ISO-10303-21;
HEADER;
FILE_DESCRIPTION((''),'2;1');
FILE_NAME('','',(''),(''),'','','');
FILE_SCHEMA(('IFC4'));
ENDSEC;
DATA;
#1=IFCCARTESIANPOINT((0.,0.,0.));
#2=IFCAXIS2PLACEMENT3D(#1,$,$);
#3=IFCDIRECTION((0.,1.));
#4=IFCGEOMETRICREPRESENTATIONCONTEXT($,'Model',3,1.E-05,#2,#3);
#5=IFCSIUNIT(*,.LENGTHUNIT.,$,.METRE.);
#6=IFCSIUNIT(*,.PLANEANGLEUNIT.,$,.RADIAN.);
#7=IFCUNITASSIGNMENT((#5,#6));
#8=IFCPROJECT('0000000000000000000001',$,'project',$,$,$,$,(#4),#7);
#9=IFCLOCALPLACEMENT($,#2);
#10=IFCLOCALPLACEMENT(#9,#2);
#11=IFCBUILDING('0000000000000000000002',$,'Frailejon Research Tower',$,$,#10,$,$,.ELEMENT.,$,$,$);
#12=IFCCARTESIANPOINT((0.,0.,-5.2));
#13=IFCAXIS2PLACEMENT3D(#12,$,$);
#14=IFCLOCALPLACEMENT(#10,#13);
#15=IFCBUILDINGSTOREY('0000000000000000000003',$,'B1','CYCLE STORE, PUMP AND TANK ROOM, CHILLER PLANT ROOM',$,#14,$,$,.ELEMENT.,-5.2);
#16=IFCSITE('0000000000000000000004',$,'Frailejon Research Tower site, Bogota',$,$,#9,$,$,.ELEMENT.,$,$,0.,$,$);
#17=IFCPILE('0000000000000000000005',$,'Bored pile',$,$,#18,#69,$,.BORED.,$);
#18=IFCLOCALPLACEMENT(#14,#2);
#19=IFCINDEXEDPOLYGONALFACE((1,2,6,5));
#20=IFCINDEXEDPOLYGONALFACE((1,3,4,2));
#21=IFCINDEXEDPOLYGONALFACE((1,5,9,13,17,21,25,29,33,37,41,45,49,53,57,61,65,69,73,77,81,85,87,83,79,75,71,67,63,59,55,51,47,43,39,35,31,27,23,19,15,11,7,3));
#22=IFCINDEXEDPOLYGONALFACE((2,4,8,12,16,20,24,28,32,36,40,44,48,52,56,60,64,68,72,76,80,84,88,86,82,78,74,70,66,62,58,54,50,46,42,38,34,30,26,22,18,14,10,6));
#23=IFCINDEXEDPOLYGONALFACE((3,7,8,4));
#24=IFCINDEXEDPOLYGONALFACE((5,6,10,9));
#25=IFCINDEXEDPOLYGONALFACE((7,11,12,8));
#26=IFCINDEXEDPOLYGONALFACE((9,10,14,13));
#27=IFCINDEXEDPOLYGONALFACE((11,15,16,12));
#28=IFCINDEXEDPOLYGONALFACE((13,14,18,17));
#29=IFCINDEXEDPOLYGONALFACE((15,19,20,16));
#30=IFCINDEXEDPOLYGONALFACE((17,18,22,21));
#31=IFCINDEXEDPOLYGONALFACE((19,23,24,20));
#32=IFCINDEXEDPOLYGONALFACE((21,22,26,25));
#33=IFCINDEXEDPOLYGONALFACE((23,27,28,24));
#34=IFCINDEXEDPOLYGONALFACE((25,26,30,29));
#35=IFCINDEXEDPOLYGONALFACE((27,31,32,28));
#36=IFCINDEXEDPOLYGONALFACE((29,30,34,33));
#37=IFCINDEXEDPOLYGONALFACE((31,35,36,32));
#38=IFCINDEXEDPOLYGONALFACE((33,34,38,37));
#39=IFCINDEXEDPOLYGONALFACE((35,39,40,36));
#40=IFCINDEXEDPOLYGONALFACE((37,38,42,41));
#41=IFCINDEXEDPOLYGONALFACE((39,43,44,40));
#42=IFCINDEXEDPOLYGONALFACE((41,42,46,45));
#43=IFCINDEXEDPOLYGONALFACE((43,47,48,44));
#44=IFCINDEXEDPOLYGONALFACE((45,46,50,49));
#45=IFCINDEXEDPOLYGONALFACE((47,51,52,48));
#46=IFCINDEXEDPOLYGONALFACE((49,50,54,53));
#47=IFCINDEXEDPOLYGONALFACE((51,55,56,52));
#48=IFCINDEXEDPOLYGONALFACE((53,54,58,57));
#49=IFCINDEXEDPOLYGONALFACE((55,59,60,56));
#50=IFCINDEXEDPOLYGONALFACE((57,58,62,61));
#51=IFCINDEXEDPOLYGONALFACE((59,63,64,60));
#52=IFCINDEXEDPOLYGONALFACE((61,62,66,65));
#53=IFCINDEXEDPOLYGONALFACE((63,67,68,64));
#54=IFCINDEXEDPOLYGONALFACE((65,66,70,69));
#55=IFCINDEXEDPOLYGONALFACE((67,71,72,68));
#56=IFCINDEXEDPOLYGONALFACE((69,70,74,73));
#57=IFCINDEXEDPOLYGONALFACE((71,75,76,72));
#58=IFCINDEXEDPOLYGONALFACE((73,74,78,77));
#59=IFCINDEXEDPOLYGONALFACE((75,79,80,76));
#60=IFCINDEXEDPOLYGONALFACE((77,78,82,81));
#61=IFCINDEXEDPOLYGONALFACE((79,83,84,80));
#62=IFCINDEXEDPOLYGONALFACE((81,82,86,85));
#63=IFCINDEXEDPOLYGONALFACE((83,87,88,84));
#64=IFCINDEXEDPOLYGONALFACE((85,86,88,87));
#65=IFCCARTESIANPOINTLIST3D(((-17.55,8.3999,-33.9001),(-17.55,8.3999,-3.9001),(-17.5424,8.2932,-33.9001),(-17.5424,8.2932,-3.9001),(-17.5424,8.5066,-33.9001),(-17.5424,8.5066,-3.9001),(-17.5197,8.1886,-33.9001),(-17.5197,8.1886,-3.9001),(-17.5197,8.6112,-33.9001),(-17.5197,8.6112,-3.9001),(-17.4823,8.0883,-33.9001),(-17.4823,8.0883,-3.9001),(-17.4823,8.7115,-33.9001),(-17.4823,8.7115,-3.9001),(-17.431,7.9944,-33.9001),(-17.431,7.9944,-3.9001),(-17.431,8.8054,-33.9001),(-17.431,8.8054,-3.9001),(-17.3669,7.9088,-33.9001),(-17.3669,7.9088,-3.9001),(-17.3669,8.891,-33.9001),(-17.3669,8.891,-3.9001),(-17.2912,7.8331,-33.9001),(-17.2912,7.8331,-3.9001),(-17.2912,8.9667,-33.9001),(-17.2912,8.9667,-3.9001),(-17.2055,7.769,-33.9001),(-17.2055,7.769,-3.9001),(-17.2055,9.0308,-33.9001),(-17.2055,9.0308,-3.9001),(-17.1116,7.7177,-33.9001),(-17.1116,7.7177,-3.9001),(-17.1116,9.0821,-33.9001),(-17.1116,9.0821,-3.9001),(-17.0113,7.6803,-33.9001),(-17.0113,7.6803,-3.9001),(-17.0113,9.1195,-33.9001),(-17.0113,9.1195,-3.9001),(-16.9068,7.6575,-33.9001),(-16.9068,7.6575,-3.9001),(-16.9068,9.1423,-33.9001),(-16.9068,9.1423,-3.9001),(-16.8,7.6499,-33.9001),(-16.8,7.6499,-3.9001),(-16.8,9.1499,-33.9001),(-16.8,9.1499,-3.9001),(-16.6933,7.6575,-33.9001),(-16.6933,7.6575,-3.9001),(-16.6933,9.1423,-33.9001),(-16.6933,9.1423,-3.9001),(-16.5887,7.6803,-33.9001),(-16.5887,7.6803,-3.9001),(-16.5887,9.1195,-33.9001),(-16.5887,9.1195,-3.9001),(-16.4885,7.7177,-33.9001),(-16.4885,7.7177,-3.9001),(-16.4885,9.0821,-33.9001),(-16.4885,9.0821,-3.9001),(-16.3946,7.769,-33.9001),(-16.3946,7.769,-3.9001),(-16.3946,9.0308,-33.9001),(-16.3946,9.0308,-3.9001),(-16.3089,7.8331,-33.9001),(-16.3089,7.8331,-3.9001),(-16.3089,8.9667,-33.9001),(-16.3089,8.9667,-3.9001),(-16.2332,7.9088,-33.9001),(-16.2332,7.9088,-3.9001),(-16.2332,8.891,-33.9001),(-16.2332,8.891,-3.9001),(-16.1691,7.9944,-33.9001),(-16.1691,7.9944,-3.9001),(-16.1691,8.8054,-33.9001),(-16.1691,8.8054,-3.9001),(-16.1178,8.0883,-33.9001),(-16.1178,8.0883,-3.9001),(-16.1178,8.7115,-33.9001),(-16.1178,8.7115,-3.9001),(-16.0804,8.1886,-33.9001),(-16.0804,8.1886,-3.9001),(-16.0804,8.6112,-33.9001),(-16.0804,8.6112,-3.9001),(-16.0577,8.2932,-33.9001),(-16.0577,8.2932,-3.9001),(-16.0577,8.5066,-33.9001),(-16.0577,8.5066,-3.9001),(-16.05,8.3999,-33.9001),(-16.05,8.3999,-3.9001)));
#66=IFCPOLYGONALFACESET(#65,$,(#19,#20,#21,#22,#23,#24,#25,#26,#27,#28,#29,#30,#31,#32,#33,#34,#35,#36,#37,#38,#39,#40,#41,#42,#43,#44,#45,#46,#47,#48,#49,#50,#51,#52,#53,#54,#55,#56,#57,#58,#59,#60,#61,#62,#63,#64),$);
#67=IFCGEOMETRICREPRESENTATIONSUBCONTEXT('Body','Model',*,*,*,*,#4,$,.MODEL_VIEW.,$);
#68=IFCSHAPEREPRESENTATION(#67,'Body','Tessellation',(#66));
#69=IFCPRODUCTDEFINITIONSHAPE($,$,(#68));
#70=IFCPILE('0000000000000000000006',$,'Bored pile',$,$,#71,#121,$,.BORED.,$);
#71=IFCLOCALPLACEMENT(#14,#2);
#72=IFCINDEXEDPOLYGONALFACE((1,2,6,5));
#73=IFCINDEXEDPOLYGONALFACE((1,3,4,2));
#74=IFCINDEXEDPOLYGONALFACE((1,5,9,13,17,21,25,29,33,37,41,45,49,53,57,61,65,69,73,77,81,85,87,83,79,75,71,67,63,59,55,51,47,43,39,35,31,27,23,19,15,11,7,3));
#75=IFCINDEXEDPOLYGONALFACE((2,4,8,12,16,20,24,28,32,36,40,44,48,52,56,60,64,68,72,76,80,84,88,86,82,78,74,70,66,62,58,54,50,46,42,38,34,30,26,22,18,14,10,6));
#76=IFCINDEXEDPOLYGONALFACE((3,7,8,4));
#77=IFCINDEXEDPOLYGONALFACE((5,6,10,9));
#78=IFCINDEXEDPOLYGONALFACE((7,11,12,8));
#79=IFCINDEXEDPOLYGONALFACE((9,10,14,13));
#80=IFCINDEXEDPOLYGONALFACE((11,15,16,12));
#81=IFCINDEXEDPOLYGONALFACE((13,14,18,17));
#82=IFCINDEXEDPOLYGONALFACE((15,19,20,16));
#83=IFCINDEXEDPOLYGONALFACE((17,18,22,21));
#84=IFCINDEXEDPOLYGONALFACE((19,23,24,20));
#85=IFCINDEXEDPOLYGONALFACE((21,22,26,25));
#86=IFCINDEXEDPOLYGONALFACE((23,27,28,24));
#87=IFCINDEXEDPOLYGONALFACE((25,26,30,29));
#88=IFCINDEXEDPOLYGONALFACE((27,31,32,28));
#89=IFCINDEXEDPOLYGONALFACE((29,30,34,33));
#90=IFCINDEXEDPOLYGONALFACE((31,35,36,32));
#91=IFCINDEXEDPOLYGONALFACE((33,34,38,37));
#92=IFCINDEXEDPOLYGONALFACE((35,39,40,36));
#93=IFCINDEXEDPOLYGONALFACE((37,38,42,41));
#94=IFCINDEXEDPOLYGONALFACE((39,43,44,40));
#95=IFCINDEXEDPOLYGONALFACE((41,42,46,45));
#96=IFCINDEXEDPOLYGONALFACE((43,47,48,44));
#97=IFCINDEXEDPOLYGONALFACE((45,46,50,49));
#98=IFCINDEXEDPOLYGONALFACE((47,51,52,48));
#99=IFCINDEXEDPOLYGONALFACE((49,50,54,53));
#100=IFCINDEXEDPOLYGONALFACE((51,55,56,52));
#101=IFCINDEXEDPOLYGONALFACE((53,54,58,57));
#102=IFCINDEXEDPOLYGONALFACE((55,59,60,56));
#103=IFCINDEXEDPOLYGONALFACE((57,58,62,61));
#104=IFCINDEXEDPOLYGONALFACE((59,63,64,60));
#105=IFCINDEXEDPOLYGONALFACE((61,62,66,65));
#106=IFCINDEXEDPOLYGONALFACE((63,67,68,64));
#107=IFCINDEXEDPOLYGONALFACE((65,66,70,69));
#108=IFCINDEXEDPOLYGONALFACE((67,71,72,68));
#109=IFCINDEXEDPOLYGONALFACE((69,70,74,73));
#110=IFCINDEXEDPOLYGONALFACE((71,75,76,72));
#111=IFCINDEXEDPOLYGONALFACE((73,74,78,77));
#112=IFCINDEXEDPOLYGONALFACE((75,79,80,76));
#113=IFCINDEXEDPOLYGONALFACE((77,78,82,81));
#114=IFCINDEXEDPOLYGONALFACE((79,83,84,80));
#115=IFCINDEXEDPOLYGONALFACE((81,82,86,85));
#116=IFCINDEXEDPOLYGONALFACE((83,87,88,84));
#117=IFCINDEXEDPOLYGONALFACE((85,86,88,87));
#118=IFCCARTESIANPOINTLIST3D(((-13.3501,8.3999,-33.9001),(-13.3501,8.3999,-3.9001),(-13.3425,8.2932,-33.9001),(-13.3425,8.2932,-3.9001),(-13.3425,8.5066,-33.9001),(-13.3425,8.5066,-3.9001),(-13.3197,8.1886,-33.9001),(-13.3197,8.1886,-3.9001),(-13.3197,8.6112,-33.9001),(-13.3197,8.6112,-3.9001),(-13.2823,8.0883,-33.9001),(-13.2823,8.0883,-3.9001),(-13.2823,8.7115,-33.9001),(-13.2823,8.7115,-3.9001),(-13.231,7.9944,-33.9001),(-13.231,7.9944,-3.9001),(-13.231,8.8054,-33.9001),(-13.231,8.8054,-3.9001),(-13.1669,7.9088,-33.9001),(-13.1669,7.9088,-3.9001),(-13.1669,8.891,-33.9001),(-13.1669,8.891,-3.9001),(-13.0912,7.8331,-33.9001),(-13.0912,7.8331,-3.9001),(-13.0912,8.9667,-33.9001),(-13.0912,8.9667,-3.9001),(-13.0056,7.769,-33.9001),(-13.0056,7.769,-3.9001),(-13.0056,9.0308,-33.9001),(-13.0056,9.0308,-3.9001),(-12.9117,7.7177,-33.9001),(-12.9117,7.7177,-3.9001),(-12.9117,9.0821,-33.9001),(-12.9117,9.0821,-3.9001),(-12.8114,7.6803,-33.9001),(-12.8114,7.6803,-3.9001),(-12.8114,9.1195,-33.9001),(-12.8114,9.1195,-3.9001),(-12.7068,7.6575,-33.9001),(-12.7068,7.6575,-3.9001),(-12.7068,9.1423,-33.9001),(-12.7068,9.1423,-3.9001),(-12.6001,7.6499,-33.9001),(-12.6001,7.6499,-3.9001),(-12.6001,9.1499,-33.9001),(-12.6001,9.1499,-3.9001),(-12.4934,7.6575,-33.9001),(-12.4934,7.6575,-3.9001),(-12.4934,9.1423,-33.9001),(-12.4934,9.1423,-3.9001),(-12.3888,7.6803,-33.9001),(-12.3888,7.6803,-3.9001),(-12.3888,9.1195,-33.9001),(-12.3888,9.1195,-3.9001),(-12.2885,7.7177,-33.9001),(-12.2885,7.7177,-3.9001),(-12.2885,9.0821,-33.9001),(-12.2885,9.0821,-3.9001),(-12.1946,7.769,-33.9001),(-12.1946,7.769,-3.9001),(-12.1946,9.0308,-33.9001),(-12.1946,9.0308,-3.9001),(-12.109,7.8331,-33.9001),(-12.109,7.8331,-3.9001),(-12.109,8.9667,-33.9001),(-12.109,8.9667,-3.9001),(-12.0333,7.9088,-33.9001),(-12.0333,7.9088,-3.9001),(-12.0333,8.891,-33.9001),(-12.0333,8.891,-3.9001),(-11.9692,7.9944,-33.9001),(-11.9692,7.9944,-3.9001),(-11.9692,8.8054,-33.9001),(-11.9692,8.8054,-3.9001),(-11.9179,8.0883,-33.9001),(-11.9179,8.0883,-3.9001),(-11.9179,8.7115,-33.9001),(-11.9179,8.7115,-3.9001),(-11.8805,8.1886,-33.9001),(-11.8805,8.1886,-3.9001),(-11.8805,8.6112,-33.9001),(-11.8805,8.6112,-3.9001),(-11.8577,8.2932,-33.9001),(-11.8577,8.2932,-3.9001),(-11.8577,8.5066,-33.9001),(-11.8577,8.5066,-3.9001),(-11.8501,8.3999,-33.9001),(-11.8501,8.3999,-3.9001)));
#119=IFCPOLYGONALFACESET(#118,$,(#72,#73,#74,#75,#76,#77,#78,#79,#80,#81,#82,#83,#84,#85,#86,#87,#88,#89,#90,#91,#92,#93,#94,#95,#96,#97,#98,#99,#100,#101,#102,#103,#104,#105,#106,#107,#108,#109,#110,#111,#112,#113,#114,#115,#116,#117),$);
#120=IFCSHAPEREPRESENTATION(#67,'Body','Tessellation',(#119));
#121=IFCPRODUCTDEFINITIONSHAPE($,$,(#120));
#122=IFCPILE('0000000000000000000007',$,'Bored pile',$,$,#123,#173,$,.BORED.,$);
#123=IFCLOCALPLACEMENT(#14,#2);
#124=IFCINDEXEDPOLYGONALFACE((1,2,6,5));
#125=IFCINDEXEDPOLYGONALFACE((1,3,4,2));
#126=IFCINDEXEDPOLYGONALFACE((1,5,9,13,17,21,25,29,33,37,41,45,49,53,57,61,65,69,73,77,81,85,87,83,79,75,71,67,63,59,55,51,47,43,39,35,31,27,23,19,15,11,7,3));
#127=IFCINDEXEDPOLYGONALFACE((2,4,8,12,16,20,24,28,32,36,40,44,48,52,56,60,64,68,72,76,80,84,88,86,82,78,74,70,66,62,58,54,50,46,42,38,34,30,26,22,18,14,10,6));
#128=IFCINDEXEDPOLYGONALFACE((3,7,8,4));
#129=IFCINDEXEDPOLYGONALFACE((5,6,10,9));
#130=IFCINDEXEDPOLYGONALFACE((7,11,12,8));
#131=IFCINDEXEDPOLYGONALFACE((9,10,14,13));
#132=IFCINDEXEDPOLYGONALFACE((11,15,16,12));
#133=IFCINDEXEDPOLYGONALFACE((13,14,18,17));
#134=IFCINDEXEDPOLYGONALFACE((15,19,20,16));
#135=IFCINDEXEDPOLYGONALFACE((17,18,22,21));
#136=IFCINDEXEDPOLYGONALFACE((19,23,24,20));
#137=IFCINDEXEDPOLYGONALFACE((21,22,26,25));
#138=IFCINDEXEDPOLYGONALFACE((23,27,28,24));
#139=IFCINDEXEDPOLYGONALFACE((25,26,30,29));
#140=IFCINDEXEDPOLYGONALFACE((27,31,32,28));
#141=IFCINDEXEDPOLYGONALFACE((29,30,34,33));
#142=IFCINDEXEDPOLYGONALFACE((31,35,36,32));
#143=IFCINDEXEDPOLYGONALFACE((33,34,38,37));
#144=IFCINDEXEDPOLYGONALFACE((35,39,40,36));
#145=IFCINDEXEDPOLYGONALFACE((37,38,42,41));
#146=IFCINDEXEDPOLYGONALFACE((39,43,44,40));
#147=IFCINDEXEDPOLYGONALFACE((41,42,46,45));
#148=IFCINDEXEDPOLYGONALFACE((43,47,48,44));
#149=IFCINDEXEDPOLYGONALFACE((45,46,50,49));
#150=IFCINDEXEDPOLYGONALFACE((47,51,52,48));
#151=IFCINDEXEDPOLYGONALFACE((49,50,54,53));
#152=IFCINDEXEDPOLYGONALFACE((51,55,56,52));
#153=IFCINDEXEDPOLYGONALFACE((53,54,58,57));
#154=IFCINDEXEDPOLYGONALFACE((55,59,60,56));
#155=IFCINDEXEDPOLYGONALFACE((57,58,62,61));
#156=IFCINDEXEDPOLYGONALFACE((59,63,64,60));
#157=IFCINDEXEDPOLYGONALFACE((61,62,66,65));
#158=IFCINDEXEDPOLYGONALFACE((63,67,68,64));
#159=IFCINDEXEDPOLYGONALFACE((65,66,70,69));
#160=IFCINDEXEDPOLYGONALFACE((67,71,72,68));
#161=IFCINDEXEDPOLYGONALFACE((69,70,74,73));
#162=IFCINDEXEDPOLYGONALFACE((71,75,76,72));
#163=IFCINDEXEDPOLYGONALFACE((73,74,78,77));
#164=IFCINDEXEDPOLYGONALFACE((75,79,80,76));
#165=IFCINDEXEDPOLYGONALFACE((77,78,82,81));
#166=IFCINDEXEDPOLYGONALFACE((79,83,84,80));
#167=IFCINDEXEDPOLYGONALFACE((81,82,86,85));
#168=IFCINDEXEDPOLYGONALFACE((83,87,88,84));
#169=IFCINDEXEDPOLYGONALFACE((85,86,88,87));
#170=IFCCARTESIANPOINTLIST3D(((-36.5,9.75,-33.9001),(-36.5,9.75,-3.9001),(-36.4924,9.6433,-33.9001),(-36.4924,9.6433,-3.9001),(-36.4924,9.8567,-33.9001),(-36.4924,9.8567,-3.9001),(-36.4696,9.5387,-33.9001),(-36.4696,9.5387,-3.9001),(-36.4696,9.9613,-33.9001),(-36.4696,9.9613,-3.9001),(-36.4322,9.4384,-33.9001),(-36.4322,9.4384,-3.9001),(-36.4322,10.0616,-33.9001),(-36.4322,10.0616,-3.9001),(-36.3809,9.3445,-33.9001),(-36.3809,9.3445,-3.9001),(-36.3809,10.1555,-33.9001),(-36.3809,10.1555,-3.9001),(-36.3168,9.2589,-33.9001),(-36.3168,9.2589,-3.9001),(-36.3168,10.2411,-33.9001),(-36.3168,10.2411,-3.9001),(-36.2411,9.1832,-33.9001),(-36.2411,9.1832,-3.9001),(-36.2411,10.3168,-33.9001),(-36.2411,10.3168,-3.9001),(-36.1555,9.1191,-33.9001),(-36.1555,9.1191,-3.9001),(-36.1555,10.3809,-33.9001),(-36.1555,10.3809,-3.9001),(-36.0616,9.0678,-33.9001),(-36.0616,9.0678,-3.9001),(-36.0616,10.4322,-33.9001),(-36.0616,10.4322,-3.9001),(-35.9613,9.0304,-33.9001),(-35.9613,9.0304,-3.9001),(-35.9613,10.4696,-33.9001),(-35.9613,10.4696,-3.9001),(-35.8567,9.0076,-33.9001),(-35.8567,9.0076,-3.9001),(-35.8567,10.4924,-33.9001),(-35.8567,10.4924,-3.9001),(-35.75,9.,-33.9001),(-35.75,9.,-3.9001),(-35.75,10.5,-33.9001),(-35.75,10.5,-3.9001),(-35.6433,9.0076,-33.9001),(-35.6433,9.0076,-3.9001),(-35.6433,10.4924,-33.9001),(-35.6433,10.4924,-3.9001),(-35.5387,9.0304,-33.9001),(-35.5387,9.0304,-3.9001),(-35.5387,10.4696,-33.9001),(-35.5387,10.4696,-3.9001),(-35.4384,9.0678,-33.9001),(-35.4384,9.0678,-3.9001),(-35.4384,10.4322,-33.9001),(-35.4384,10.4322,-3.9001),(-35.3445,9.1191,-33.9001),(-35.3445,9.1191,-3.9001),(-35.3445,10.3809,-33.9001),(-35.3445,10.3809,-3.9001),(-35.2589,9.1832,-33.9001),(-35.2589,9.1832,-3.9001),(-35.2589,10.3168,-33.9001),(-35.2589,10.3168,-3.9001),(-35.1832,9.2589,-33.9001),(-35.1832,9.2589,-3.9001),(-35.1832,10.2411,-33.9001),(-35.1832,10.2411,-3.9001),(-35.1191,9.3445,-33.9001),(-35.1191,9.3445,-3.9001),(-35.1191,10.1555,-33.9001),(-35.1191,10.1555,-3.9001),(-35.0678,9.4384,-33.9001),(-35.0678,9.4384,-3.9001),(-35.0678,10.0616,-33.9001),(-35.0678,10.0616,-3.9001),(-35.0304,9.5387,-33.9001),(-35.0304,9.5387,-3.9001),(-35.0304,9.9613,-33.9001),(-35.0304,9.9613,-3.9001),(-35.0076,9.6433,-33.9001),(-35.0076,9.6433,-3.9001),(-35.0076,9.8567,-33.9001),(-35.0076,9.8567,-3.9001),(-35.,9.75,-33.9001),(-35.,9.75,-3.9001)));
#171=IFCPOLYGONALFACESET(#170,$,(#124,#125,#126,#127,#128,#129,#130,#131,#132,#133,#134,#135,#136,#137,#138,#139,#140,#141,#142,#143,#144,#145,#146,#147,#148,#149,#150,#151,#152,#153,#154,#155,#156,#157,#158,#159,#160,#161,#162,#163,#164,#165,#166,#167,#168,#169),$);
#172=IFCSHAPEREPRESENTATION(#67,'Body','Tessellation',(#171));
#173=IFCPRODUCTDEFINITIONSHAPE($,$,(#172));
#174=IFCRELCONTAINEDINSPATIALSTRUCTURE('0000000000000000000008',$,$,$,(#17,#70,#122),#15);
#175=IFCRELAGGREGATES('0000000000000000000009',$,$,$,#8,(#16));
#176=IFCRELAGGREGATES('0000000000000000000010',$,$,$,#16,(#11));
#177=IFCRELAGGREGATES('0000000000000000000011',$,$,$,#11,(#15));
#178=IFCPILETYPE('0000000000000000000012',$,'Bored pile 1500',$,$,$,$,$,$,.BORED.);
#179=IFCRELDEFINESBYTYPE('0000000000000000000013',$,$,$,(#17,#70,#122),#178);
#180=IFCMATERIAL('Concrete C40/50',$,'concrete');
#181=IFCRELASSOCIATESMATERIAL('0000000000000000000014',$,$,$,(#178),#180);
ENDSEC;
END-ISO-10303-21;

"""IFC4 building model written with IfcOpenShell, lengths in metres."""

from ifc_helpers import new_model, si_unit, direction, frame, origin, origin_2d, place, context, subcontext, project, spatial, circle, extrude, material, material_profile, profile_set, type_object, element, save


model = new_model("IFC4")

# Units and contexts
model_context = context("Model", 3, precision=1e-05, world=origin(), true_north=direction((0.0, 1.0)))
body_context = subcontext(model_context, "Body", "Model", "MODEL_VIEW")
ifc_project = project(units=[si_unit("LENGTHUNIT", "METRE"), si_unit("PLANEANGLEUNIT", "RADIAN")], contexts=[model_context])

# Site, building, storey
site_placement = place(None, origin())
site = spatial("IfcSite", under=ifc_project, at=site_placement, Name="Frailejon Research Tower site, Bogota", CompositionType="ELEMENT", RefElevation=0.0)
building_placement = place(site_placement, origin())
building = spatial("IfcBuilding", under=site, at=building_placement, Name="Frailejon Research Tower", CompositionType="ELEMENT")
storey_placement = place(building_placement, frame((0.0, 0.0, -5.2)))
storey = spatial("IfcBuildingStorey", under=building, at=storey_placement, Name="B1", Description="CYCLE STORE, PUMP AND TANK ROOM, CHILLER PLANT ROOM", CompositionType="ELEMENT", Elevation=-5.2)

# Piles
ifc_material_1 = material(Name="Concrete C40/50", Category="concrete")
ifc_material_profile_1 = material_profile(ifc_material_1, circle(Radius=0.75, at=origin_2d()), Name="Bored pile 1500")
ifc_profile_set_1 = profile_set([ifc_material_profile_1], Name="Concrete C40/50")
pile_type = type_object("IfcPileType", Name="Bored pile 1500", PredefinedType="BORED", material=ifc_profile_set_1)
for number, where, z_axis, x_axis, name in (
    (1, (-16.8, 8.3999, -3.9001), (0.0, 0.0, -1.0), (1.0, 0.0, 0.0), "Bored pile"),
    (2, (-12.6001, 8.3999, -3.9001), (0.0, 0.0, -1.0), (1.0, 0.0, 0.0), "Bored pile"),
    (3, (-35.75, 9.75, -3.9001), (0.0, 0.0, -1.0), (1.0, 0.0, 0.0), "Bored pile"),
):
    element("IfcPile", number, at=place(storey_placement, frame(where, z_axis=z_axis, x_axis=x_axis)), inside=storey, type_object=pile_type, Name=name, PredefinedType="BORED", context=body_context, shape_type="SweptSolid", body=[
        extrude(circle(Radius=0.75, at=origin_2d()), origin(), (0.0, 0.0, 1.0), 30.0),
    ])

save(model, "model.ifc")
